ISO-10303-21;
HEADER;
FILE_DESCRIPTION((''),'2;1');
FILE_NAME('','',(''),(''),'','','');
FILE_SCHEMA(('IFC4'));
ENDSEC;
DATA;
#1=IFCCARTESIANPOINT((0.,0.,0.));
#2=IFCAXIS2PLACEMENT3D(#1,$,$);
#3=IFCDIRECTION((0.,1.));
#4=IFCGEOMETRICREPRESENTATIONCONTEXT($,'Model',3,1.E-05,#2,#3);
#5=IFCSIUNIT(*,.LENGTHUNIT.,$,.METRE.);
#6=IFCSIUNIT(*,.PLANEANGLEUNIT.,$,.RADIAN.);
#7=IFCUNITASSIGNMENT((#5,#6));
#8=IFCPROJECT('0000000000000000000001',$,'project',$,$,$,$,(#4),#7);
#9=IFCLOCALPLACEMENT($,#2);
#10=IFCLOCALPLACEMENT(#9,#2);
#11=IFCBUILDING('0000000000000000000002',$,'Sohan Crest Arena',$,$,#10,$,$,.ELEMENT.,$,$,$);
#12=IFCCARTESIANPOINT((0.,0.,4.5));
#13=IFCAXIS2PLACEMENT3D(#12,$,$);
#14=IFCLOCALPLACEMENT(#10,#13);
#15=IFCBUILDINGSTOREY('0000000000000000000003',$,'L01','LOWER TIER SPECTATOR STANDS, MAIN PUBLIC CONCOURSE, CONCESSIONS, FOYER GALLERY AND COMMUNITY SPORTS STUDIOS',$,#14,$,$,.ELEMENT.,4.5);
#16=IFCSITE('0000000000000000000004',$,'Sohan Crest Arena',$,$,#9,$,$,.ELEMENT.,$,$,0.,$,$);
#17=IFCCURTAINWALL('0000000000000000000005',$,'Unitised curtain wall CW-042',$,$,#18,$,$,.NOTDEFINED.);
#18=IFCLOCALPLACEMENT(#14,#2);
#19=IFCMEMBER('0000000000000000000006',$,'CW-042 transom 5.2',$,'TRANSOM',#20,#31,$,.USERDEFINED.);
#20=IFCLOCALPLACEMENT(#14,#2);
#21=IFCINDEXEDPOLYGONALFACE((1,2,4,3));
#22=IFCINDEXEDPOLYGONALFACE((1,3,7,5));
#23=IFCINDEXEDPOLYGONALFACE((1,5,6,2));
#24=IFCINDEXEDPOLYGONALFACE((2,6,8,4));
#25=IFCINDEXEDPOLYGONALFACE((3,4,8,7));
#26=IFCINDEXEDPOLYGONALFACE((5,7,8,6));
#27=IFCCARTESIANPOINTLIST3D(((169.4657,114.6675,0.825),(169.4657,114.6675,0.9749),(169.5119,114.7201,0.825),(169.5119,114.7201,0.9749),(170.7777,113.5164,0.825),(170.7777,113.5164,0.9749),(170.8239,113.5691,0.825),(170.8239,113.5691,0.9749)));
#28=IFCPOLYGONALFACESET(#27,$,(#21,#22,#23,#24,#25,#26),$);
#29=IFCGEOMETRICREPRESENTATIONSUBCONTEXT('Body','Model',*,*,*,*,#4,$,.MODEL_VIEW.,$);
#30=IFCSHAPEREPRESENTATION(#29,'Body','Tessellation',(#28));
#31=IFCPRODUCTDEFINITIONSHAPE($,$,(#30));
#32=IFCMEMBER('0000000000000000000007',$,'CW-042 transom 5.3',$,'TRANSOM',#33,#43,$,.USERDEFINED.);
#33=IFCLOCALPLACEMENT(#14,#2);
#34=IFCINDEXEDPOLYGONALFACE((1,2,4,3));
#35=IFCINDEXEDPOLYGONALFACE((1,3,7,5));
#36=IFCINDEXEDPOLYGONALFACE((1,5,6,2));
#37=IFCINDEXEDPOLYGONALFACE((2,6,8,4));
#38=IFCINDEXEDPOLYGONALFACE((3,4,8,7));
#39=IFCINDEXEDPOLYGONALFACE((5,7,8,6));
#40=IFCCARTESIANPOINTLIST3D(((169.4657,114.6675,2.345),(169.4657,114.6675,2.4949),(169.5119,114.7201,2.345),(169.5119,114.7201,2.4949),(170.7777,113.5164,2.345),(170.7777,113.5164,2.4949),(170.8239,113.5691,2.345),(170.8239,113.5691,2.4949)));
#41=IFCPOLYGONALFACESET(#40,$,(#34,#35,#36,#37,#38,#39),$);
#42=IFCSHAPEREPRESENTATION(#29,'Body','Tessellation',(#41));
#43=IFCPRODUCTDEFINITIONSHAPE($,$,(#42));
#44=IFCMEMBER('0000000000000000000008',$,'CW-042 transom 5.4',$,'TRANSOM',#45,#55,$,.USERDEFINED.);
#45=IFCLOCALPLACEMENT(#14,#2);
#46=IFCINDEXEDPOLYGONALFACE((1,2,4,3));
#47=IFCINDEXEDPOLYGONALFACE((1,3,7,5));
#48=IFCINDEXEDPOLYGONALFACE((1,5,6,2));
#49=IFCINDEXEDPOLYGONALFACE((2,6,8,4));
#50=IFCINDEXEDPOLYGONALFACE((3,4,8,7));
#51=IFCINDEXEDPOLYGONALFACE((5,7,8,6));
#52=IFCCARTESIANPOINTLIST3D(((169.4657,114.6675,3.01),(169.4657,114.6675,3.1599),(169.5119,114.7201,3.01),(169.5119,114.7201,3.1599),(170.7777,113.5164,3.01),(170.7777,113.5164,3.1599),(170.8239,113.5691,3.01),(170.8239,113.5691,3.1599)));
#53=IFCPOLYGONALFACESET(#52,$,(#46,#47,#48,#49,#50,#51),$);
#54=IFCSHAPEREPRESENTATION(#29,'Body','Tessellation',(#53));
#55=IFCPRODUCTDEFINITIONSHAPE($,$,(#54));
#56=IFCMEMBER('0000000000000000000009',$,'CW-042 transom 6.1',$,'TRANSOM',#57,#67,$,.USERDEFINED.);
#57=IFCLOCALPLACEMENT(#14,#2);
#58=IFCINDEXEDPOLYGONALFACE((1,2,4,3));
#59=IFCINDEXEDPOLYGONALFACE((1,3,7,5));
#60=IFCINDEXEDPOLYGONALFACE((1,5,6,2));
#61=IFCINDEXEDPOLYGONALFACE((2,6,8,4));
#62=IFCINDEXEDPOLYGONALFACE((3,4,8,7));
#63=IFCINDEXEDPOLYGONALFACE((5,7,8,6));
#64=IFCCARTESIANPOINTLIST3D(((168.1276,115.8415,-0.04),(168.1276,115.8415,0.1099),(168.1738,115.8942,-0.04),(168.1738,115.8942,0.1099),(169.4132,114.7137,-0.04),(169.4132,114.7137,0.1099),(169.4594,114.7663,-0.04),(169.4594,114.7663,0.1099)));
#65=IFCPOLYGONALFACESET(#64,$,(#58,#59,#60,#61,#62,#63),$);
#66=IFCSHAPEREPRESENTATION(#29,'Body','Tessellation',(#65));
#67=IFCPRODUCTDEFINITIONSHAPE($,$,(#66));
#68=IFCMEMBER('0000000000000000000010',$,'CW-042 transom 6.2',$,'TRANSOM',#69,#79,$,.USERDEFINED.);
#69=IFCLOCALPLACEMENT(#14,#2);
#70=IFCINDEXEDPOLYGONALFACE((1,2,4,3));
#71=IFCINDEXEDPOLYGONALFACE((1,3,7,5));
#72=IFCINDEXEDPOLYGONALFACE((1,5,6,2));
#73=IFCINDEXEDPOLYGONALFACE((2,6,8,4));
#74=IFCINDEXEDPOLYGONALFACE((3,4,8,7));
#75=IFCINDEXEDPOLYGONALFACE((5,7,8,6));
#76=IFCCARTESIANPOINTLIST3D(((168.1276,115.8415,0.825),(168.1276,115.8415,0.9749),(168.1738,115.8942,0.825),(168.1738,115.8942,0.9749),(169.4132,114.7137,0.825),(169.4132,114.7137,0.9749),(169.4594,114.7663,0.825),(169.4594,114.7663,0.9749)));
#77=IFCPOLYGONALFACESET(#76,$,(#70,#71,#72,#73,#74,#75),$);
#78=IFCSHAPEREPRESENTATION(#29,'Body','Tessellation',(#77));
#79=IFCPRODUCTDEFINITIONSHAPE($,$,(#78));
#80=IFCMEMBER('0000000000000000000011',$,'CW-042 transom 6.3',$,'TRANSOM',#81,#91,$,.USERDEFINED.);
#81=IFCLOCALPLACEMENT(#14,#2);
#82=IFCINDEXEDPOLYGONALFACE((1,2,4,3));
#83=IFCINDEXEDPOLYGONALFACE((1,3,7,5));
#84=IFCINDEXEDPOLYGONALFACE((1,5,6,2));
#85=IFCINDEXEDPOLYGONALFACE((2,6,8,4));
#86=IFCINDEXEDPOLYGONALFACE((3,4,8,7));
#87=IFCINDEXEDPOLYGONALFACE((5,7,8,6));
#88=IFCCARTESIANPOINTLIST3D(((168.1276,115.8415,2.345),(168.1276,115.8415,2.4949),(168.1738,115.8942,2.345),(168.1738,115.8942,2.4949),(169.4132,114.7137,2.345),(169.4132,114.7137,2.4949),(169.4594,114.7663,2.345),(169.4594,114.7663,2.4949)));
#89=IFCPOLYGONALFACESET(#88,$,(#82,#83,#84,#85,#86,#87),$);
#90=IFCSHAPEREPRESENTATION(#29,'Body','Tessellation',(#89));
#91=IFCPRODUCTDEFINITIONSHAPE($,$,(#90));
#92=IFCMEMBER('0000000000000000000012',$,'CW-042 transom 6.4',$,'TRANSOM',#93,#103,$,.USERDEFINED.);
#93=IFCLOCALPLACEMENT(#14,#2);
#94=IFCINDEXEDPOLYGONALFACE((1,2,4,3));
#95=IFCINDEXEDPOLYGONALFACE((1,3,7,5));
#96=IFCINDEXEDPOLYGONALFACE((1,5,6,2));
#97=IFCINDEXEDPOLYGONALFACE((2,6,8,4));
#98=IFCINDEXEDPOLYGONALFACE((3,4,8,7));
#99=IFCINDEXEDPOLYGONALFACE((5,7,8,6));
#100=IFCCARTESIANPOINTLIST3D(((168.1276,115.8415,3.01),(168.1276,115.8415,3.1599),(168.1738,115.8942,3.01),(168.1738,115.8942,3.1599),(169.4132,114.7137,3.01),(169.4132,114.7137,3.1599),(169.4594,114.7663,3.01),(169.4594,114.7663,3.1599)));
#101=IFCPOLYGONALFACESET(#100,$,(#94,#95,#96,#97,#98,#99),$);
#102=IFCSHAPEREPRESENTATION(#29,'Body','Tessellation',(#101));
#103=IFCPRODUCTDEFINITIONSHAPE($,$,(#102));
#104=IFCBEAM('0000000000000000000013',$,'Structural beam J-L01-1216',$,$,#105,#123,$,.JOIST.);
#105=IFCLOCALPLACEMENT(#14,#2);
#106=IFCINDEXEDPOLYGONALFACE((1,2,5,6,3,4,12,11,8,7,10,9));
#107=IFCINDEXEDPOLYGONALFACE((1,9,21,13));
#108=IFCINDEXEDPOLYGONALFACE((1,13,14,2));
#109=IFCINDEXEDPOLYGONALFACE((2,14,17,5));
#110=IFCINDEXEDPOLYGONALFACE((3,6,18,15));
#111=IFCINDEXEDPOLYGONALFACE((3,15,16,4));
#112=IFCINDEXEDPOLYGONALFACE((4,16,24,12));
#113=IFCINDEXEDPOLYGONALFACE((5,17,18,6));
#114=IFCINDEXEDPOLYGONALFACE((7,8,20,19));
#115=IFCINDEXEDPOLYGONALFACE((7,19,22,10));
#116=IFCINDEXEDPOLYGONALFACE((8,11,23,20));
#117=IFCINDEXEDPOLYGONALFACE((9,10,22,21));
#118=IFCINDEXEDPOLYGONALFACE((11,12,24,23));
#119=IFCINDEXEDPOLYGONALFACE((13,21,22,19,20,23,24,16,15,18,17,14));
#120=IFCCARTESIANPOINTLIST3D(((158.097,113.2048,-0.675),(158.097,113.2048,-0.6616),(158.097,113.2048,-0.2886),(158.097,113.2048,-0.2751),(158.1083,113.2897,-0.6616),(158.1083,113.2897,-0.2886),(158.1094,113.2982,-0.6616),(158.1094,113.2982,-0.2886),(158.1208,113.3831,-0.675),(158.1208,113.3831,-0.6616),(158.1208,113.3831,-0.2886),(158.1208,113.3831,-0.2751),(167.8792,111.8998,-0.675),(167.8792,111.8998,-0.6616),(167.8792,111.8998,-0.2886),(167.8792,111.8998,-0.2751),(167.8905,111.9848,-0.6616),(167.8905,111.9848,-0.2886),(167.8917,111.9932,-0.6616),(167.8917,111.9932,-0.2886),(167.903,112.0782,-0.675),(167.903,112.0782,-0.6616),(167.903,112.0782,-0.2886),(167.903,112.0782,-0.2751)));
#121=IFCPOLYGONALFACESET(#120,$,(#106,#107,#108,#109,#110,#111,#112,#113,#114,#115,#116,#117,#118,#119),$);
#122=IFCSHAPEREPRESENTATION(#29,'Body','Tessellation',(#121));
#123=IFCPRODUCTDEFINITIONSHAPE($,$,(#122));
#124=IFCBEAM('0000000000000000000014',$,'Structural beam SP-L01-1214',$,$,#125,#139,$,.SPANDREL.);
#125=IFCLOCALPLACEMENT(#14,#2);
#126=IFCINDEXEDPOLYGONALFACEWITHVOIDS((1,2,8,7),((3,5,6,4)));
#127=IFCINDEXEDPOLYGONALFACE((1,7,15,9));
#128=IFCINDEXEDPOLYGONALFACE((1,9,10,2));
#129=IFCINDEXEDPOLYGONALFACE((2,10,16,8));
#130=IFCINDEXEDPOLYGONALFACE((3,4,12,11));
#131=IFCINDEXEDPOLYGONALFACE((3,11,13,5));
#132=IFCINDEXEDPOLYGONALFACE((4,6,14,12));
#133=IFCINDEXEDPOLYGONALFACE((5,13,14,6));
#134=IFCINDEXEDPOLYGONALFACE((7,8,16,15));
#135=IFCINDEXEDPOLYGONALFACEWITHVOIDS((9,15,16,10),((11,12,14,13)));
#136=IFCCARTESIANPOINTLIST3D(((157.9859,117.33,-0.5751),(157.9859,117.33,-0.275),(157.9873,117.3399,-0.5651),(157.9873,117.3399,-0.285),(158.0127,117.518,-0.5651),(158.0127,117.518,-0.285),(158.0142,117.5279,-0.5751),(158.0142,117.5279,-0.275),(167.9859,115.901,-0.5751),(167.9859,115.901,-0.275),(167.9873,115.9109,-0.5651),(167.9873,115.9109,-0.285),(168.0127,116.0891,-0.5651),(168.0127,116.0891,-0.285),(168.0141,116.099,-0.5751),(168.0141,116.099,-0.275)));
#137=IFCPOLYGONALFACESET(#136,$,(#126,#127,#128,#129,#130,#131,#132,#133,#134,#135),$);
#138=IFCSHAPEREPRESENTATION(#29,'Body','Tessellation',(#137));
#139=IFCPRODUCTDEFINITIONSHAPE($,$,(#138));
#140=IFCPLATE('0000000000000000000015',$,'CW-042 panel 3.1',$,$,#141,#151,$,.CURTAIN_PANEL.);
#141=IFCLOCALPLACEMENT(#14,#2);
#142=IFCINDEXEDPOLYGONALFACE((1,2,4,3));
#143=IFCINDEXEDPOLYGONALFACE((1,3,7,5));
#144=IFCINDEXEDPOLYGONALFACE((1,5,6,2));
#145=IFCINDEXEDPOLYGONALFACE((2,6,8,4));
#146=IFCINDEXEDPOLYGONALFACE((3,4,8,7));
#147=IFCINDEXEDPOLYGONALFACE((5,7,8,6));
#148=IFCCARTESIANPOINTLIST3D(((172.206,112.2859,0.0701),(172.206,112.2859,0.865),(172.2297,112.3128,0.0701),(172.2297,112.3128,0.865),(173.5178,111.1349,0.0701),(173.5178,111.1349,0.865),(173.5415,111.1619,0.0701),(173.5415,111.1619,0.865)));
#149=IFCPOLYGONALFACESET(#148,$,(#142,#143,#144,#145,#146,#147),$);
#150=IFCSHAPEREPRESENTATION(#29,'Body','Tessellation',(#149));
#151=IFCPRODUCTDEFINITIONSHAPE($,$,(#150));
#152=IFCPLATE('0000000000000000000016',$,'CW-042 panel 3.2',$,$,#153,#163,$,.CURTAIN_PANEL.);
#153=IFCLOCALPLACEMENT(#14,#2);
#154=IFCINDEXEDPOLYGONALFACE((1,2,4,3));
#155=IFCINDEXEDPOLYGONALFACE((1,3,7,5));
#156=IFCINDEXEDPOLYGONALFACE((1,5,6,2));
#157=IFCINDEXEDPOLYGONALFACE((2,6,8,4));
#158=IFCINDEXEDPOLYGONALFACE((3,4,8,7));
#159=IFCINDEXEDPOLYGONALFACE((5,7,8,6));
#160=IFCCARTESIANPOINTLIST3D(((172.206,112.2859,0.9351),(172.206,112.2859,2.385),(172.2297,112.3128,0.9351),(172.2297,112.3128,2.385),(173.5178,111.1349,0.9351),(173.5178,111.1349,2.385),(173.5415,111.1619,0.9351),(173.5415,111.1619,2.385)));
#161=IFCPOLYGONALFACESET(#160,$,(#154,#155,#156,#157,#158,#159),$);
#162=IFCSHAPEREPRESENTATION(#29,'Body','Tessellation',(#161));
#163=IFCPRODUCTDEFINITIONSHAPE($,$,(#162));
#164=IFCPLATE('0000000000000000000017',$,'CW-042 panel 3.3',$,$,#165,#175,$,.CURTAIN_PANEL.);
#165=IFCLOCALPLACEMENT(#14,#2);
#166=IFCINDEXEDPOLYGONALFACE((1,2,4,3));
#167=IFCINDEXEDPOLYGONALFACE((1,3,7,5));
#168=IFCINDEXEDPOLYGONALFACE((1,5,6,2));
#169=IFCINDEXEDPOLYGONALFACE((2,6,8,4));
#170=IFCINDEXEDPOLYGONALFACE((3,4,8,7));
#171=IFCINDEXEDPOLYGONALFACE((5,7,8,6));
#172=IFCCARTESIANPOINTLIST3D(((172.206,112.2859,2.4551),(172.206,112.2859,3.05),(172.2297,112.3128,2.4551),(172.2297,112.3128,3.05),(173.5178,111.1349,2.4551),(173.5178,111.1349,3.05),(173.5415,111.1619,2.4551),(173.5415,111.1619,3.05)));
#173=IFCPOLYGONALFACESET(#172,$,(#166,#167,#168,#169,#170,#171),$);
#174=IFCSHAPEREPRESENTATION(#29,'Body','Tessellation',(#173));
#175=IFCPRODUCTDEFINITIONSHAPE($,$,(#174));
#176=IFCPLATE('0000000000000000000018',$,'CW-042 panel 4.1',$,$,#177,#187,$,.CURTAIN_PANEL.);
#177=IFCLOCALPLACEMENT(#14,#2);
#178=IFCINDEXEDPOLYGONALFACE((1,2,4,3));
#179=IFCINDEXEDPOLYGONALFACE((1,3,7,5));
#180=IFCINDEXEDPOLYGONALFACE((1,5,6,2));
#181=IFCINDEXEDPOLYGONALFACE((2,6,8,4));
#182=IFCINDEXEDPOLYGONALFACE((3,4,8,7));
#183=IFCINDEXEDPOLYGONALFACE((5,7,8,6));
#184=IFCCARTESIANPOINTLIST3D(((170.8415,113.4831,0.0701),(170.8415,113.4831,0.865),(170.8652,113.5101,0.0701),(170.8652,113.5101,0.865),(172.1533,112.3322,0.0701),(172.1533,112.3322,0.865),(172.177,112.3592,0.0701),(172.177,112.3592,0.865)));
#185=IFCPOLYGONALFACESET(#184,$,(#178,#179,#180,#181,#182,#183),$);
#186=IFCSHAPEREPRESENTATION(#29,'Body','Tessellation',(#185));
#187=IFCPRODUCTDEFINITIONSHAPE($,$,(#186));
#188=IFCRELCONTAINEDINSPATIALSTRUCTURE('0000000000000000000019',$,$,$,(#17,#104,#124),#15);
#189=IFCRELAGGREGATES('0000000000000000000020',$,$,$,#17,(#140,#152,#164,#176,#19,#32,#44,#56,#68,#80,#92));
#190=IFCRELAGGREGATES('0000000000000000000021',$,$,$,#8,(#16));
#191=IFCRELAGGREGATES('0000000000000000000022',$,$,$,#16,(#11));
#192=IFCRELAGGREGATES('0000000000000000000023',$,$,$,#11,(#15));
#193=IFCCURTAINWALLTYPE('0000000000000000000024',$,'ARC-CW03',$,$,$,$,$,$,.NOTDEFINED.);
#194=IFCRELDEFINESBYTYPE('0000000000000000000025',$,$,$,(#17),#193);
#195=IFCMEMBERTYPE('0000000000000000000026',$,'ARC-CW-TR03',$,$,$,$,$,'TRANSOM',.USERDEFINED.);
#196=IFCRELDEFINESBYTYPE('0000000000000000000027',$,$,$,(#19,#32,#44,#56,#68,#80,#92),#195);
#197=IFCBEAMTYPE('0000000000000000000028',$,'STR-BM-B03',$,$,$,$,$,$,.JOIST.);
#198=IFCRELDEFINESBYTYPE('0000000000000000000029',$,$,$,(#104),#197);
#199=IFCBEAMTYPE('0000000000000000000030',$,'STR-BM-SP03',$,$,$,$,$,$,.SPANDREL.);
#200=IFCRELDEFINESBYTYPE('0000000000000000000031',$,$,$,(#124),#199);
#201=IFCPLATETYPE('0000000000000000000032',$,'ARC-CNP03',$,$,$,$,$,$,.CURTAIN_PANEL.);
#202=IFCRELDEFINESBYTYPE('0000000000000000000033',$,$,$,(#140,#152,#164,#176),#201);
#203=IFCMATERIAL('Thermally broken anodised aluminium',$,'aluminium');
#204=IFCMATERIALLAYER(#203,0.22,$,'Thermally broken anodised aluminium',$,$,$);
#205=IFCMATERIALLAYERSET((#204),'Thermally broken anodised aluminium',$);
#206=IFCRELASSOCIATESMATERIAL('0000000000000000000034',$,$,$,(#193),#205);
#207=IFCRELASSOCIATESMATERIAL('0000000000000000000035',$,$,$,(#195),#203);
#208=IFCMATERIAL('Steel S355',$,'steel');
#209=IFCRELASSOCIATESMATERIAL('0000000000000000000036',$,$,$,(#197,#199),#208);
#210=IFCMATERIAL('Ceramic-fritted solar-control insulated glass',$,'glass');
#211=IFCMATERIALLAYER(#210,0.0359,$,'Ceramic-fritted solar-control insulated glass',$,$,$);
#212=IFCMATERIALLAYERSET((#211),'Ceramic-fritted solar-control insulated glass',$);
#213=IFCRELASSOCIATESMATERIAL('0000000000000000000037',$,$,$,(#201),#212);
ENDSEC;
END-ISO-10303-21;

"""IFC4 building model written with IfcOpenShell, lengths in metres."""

from ifc_helpers import new_model, si_unit, direction, frame, origin, origin_2d, place, context, subcontext, project, spatial, rectangle, hollow_rectangle, i_section, extrude, material, layer, layer_set, material_profile, profile_set, type_object, element, aggregate, save


model = new_model("IFC4")

# Units and contexts
model_context = context("Model", 3, precision=1e-05, world=origin(), true_north=direction((0.0, 1.0)))
body_context = subcontext(model_context, "Body", "Model", "MODEL_VIEW")
ifc_project = project(units=[si_unit("LENGTHUNIT", "METRE"), si_unit("PLANEANGLEUNIT", "RADIAN")], contexts=[model_context])

# Site, building, storey
site_placement = place(None, origin())
site = spatial("IfcSite", under=ifc_project, at=site_placement, Name="Sohan Crest Arena", CompositionType="ELEMENT", RefElevation=0.0)
building_placement = place(site_placement, origin())
building = spatial("IfcBuilding", under=site, at=building_placement, Name="Sohan Crest Arena", CompositionType="ELEMENT")
storey_placement = place(building_placement, frame((0.0, 0.0, 4.5)))
storey = spatial("IfcBuildingStorey", under=building, at=storey_placement, Name="L01", Description="LOWER TIER SPECTATOR STANDS, MAIN PUBLIC CONCOURSE, CONCESSIONS, FOYER GALLERY AND COMMUNITY SPORTS STUDIOS", CompositionType="ELEMENT", Elevation=4.5)

# Shared definitions
ifc_material_1 = material(Name="Steel S355", Category="steel")

# Curtain wall
ifc_material_2 = material(Name="Thermally broken anodised aluminium", Category="aluminium")
ifc_layer_1 = layer(ifc_material_2, 0.22, Name="Thermally broken anodised aluminium")
ifc_layer_set_1 = layer_set([ifc_layer_1], Name="Thermally broken anodised aluminium")
curtain_wall_type_1 = type_object("IfcCurtainWallType", Name="ARC-CW03", PredefinedType="NOTDEFINED", material=ifc_layer_set_1)
curtain_wall_1_placement = place(storey_placement, origin())
curtain_wall_1 = element("IfcCurtainWall", 1, at=curtain_wall_1_placement, inside=storey, type_object=curtain_wall_type_1, Name="Unitised curtain wall CW-042", PredefinedType="NOTDEFINED")

# Members
ifc_material_profile_1 = material_profile(ifc_material_2, rectangle(XDim=0.0701, YDim=0.1499, at=origin_2d()), Name="ALU-TRAN 70x150")
ifc_profile_set_1 = profile_set([ifc_material_profile_1], Name="Thermally broken anodised aluminium")
member_type_1 = type_object("IfcMemberType", Name="ARC-CW-TR03", ElementType="TRANSOM", PredefinedType="USERDEFINED", material=ifc_profile_set_1)
member_1_placement = place(storey_placement, frame((170.8008, 113.5427, 0.8999), z_axis=(-0.751692, 0.659514, 0.0), x_axis=(-0.659514, -0.751692, 0.0)))
member_1 = element("IfcMember", 2, at=member_1_placement, type_object=member_type_1, Name="CW-042 transom 5.2", ObjectType="TRANSOM", PredefinedType="USERDEFINED", context=body_context, shape_type="SweptSolid", body=[
    extrude(rectangle(XDim=0.0701, YDim=0.1499, at=origin_2d()), origin(), (0.0, 0.0, 1.0), 1.7454),
])
member_2_placement = place(storey_placement, frame((170.8008, 113.5427, 2.4199), z_axis=(-0.751692, 0.659514, 0.0), x_axis=(-0.659514, -0.751692, 0.0)))
member_2 = element("IfcMember", 3, at=member_2_placement, type_object=member_type_1, Name="CW-042 transom 5.3", ObjectType="TRANSOM", PredefinedType="USERDEFINED", context=body_context, shape_type="SweptSolid", body=[
    extrude(rectangle(XDim=0.0701, YDim=0.1499, at=origin_2d()), origin(), (0.0, 0.0, 1.0), 1.7454),
])
member_3_placement = place(storey_placement, frame((170.8008, 113.5427, 3.085), z_axis=(-0.751692, 0.659514, 0.0), x_axis=(-0.659514, -0.751692, 0.0)))
member_3 = element("IfcMember", 4, at=member_3_placement, type_object=member_type_1, Name="CW-042 transom 5.4", ObjectType="TRANSOM", PredefinedType="USERDEFINED", context=body_context, shape_type="SweptSolid", body=[
    extrude(rectangle(XDim=0.0701, YDim=0.1499, at=origin_2d()), origin(), (0.0, 0.0, 1.0), 1.7454),
])
member_4_placement = place(storey_placement, frame((169.4363, 114.74, 0.0349), z_axis=(-0.751709, 0.659494, 0.0), x_axis=(-0.659494, -0.751709, 0.0)))
member_4 = element("IfcMember", 5, at=member_4_placement, type_object=member_type_1, Name="CW-042 transom 6.1", ObjectType="TRANSOM", PredefinedType="USERDEFINED", context=body_context, shape_type="SweptSolid", body=[
    extrude(rectangle(XDim=0.0701, YDim=0.1499, at=origin_2d()), origin(), (0.0, 0.0, 1.0), 1.7102),
])
member_5_placement = place(storey_placement, frame((169.4363, 114.74, 0.8999), z_axis=(-0.751709, 0.659494, 0.0), x_axis=(-0.659494, -0.751709, 0.0)))
member_5 = element("IfcMember", 6, at=member_5_placement, type_object=member_type_1, Name="CW-042 transom 6.2", ObjectType="TRANSOM", PredefinedType="USERDEFINED", context=body_context, shape_type="SweptSolid", body=[
    extrude(rectangle(XDim=0.0701, YDim=0.1499, at=origin_2d()), origin(), (0.0, 0.0, 1.0), 1.7102),
])
member_6_placement = place(storey_placement, frame((169.4363, 114.74, 2.4199), z_axis=(-0.751709, 0.659494, 0.0), x_axis=(-0.659494, -0.751709, 0.0)))
member_6 = element("IfcMember", 7, at=member_6_placement, type_object=member_type_1, Name="CW-042 transom 6.3", ObjectType="TRANSOM", PredefinedType="USERDEFINED", context=body_context, shape_type="SweptSolid", body=[
    extrude(rectangle(XDim=0.0701, YDim=0.1499, at=origin_2d()), origin(), (0.0, 0.0, 1.0), 1.7102),
])
member_7_placement = place(storey_placement, frame((169.4363, 114.74, 3.085), z_axis=(-0.751709, 0.659494, 0.0), x_axis=(-0.659494, -0.751709, 0.0)))
member_7 = element("IfcMember", 8, at=member_7_placement, type_object=member_type_1, Name="CW-042 transom 6.4", ObjectType="TRANSOM", PredefinedType="USERDEFINED", context=body_context, shape_type="SweptSolid", body=[
    extrude(rectangle(XDim=0.0701, YDim=0.1499, at=origin_2d()), origin(), (0.0, 0.0, 1.0), 1.7102),
])

# Beams
ifc_material_profile_2 = material_profile(ifc_material_1, i_section(OverallWidth=0.1799, OverallDepth=0.3999, WebThickness=0.0085, FlangeThickness=0.0134, at=origin_2d()), Name="IPE 400")
ifc_profile_set_2 = profile_set([ifc_material_profile_2], Name="Steel S355")
beam_type_1 = type_object("IfcBeamType", Name="STR-BM-B03", PredefinedType="JOIST", material=ifc_profile_set_2)
beam_1_placement = place(storey_placement, frame((167.8911, 111.989, -0.4751), z_axis=(-0.991219, 0.132227, 0.0), x_axis=(-0.132227, -0.991219, 0.0)))
element("IfcBeam", 9, at=beam_1_placement, inside=storey, type_object=beam_type_1, Name="Structural beam J-L01-1216", PredefinedType="JOIST", context=body_context, shape_type="SweptSolid", body=[
    extrude(i_section(OverallWidth=0.1799, OverallDepth=0.3999, WebThickness=0.0085, FlangeThickness=0.0134, at=origin_2d()), origin(), (0.0, 0.0, 1.0), 9.8689),
])
ifc_material_profile_3 = material_profile(ifc_material_1, hollow_rectangle(XDim=0.2, YDim=0.3, WallThickness=0.01, at=origin_2d()), Name="RHS 300x200x10")
ifc_profile_set_3 = profile_set([ifc_material_profile_3], Name="Steel S355")
beam_type_2 = type_object("IfcBeamType", Name="STR-BM-SP03", PredefinedType="SPANDREL", material=ifc_profile_set_3)
beam_2_placement = place(storey_placement, frame((168.0, 116.0, -0.425), z_axis=(-0.989944, 0.141459, 0.0), x_axis=(-0.141459, -0.989944, 0.0)))
element("IfcBeam", 10, at=beam_2_placement, inside=storey, type_object=beam_type_2, Name="Structural beam SP-L01-1214", PredefinedType="SPANDREL", context=body_context, shape_type="SweptSolid", body=[
    extrude(hollow_rectangle(XDim=0.2, YDim=0.3, WallThickness=0.01, at=origin_2d()), origin(), (0.0, 0.0, 1.0), 10.1016),
])

# Plates
ifc_material_3 = material(Name="Ceramic-fritted solar-control insulated glass", Category="glass")
ifc_layer_2 = layer(ifc_material_3, 0.0359, Name="Ceramic-fritted solar-control insulated glass")
ifc_layer_set_2 = layer_set([ifc_layer_2], Name="Ceramic-fritted solar-control insulated glass")
plate_type = type_object("IfcPlateType", Name="ARC-CNP03", PredefinedType="CURTAIN_PANEL", material=ifc_layer_set_2)
plate_1_placement = place(storey_placement, frame((172.8738, 111.7239, 0.0701), z_axis=(0.0, 0.0, 1.0), x_axis=(-0.751694, 0.659512, 0.0)))
plate_1 = element("IfcPlate", 11, at=plate_1_placement, type_object=plate_type, Name="CW-042 panel 3.1", PredefinedType="CURTAIN_PANEL", context=body_context, shape_type="SweptSolid", body=[
    extrude(rectangle(XDim=1.7451, YDim=0.0359, at=origin_2d()), origin(), (0.0, 0.0, 1.0), 0.7949),
])
plate_2_placement = place(storey_placement, frame((172.8738, 111.7239, 0.9351), z_axis=(0.0, 0.0, 1.0), x_axis=(-0.751694, 0.659512, 0.0)))
plate_2 = element("IfcPlate", 12, at=plate_2_placement, type_object=plate_type, Name="CW-042 panel 3.2", PredefinedType="CURTAIN_PANEL", context=body_context, shape_type="SweptSolid", body=[
    extrude(rectangle(XDim=1.7451, YDim=0.0359, at=origin_2d()), origin(), (0.0, 0.0, 1.0), 1.45),
])
plate_3_placement = place(storey_placement, frame((172.8738, 111.7239, 2.4551), z_axis=(0.0, 0.0, 1.0), x_axis=(-0.751694, 0.659512, 0.0)))
plate_3 = element("IfcPlate", 13, at=plate_3_placement, type_object=plate_type, Name="CW-042 panel 3.3", PredefinedType="CURTAIN_PANEL", context=body_context, shape_type="SweptSolid", body=[
    extrude(rectangle(XDim=1.7451, YDim=0.0359, at=origin_2d()), origin(), (0.0, 0.0, 1.0), 0.595),
])
plate_4_placement = place(storey_placement, frame((171.5093, 112.9211, 0.0701), z_axis=(0.0, 0.0, 1.0), x_axis=(-0.751694, 0.659512, 0.0)))
plate_4 = element("IfcPlate", 14, at=plate_4_placement, type_object=plate_type, Name="CW-042 panel 4.1", PredefinedType="CURTAIN_PANEL", context=body_context, shape_type="SweptSolid", body=[
    extrude(rectangle(XDim=1.7451, YDim=0.0359, at=origin_2d()), origin(), (0.0, 0.0, 1.0), 0.7949),
])
aggregate(curtain_wall_1, [plate_1, plate_2, plate_3, plate_4, member_1, member_2, member_3, member_4, member_5, member_6, member_7])

save(model, "model.ifc")
